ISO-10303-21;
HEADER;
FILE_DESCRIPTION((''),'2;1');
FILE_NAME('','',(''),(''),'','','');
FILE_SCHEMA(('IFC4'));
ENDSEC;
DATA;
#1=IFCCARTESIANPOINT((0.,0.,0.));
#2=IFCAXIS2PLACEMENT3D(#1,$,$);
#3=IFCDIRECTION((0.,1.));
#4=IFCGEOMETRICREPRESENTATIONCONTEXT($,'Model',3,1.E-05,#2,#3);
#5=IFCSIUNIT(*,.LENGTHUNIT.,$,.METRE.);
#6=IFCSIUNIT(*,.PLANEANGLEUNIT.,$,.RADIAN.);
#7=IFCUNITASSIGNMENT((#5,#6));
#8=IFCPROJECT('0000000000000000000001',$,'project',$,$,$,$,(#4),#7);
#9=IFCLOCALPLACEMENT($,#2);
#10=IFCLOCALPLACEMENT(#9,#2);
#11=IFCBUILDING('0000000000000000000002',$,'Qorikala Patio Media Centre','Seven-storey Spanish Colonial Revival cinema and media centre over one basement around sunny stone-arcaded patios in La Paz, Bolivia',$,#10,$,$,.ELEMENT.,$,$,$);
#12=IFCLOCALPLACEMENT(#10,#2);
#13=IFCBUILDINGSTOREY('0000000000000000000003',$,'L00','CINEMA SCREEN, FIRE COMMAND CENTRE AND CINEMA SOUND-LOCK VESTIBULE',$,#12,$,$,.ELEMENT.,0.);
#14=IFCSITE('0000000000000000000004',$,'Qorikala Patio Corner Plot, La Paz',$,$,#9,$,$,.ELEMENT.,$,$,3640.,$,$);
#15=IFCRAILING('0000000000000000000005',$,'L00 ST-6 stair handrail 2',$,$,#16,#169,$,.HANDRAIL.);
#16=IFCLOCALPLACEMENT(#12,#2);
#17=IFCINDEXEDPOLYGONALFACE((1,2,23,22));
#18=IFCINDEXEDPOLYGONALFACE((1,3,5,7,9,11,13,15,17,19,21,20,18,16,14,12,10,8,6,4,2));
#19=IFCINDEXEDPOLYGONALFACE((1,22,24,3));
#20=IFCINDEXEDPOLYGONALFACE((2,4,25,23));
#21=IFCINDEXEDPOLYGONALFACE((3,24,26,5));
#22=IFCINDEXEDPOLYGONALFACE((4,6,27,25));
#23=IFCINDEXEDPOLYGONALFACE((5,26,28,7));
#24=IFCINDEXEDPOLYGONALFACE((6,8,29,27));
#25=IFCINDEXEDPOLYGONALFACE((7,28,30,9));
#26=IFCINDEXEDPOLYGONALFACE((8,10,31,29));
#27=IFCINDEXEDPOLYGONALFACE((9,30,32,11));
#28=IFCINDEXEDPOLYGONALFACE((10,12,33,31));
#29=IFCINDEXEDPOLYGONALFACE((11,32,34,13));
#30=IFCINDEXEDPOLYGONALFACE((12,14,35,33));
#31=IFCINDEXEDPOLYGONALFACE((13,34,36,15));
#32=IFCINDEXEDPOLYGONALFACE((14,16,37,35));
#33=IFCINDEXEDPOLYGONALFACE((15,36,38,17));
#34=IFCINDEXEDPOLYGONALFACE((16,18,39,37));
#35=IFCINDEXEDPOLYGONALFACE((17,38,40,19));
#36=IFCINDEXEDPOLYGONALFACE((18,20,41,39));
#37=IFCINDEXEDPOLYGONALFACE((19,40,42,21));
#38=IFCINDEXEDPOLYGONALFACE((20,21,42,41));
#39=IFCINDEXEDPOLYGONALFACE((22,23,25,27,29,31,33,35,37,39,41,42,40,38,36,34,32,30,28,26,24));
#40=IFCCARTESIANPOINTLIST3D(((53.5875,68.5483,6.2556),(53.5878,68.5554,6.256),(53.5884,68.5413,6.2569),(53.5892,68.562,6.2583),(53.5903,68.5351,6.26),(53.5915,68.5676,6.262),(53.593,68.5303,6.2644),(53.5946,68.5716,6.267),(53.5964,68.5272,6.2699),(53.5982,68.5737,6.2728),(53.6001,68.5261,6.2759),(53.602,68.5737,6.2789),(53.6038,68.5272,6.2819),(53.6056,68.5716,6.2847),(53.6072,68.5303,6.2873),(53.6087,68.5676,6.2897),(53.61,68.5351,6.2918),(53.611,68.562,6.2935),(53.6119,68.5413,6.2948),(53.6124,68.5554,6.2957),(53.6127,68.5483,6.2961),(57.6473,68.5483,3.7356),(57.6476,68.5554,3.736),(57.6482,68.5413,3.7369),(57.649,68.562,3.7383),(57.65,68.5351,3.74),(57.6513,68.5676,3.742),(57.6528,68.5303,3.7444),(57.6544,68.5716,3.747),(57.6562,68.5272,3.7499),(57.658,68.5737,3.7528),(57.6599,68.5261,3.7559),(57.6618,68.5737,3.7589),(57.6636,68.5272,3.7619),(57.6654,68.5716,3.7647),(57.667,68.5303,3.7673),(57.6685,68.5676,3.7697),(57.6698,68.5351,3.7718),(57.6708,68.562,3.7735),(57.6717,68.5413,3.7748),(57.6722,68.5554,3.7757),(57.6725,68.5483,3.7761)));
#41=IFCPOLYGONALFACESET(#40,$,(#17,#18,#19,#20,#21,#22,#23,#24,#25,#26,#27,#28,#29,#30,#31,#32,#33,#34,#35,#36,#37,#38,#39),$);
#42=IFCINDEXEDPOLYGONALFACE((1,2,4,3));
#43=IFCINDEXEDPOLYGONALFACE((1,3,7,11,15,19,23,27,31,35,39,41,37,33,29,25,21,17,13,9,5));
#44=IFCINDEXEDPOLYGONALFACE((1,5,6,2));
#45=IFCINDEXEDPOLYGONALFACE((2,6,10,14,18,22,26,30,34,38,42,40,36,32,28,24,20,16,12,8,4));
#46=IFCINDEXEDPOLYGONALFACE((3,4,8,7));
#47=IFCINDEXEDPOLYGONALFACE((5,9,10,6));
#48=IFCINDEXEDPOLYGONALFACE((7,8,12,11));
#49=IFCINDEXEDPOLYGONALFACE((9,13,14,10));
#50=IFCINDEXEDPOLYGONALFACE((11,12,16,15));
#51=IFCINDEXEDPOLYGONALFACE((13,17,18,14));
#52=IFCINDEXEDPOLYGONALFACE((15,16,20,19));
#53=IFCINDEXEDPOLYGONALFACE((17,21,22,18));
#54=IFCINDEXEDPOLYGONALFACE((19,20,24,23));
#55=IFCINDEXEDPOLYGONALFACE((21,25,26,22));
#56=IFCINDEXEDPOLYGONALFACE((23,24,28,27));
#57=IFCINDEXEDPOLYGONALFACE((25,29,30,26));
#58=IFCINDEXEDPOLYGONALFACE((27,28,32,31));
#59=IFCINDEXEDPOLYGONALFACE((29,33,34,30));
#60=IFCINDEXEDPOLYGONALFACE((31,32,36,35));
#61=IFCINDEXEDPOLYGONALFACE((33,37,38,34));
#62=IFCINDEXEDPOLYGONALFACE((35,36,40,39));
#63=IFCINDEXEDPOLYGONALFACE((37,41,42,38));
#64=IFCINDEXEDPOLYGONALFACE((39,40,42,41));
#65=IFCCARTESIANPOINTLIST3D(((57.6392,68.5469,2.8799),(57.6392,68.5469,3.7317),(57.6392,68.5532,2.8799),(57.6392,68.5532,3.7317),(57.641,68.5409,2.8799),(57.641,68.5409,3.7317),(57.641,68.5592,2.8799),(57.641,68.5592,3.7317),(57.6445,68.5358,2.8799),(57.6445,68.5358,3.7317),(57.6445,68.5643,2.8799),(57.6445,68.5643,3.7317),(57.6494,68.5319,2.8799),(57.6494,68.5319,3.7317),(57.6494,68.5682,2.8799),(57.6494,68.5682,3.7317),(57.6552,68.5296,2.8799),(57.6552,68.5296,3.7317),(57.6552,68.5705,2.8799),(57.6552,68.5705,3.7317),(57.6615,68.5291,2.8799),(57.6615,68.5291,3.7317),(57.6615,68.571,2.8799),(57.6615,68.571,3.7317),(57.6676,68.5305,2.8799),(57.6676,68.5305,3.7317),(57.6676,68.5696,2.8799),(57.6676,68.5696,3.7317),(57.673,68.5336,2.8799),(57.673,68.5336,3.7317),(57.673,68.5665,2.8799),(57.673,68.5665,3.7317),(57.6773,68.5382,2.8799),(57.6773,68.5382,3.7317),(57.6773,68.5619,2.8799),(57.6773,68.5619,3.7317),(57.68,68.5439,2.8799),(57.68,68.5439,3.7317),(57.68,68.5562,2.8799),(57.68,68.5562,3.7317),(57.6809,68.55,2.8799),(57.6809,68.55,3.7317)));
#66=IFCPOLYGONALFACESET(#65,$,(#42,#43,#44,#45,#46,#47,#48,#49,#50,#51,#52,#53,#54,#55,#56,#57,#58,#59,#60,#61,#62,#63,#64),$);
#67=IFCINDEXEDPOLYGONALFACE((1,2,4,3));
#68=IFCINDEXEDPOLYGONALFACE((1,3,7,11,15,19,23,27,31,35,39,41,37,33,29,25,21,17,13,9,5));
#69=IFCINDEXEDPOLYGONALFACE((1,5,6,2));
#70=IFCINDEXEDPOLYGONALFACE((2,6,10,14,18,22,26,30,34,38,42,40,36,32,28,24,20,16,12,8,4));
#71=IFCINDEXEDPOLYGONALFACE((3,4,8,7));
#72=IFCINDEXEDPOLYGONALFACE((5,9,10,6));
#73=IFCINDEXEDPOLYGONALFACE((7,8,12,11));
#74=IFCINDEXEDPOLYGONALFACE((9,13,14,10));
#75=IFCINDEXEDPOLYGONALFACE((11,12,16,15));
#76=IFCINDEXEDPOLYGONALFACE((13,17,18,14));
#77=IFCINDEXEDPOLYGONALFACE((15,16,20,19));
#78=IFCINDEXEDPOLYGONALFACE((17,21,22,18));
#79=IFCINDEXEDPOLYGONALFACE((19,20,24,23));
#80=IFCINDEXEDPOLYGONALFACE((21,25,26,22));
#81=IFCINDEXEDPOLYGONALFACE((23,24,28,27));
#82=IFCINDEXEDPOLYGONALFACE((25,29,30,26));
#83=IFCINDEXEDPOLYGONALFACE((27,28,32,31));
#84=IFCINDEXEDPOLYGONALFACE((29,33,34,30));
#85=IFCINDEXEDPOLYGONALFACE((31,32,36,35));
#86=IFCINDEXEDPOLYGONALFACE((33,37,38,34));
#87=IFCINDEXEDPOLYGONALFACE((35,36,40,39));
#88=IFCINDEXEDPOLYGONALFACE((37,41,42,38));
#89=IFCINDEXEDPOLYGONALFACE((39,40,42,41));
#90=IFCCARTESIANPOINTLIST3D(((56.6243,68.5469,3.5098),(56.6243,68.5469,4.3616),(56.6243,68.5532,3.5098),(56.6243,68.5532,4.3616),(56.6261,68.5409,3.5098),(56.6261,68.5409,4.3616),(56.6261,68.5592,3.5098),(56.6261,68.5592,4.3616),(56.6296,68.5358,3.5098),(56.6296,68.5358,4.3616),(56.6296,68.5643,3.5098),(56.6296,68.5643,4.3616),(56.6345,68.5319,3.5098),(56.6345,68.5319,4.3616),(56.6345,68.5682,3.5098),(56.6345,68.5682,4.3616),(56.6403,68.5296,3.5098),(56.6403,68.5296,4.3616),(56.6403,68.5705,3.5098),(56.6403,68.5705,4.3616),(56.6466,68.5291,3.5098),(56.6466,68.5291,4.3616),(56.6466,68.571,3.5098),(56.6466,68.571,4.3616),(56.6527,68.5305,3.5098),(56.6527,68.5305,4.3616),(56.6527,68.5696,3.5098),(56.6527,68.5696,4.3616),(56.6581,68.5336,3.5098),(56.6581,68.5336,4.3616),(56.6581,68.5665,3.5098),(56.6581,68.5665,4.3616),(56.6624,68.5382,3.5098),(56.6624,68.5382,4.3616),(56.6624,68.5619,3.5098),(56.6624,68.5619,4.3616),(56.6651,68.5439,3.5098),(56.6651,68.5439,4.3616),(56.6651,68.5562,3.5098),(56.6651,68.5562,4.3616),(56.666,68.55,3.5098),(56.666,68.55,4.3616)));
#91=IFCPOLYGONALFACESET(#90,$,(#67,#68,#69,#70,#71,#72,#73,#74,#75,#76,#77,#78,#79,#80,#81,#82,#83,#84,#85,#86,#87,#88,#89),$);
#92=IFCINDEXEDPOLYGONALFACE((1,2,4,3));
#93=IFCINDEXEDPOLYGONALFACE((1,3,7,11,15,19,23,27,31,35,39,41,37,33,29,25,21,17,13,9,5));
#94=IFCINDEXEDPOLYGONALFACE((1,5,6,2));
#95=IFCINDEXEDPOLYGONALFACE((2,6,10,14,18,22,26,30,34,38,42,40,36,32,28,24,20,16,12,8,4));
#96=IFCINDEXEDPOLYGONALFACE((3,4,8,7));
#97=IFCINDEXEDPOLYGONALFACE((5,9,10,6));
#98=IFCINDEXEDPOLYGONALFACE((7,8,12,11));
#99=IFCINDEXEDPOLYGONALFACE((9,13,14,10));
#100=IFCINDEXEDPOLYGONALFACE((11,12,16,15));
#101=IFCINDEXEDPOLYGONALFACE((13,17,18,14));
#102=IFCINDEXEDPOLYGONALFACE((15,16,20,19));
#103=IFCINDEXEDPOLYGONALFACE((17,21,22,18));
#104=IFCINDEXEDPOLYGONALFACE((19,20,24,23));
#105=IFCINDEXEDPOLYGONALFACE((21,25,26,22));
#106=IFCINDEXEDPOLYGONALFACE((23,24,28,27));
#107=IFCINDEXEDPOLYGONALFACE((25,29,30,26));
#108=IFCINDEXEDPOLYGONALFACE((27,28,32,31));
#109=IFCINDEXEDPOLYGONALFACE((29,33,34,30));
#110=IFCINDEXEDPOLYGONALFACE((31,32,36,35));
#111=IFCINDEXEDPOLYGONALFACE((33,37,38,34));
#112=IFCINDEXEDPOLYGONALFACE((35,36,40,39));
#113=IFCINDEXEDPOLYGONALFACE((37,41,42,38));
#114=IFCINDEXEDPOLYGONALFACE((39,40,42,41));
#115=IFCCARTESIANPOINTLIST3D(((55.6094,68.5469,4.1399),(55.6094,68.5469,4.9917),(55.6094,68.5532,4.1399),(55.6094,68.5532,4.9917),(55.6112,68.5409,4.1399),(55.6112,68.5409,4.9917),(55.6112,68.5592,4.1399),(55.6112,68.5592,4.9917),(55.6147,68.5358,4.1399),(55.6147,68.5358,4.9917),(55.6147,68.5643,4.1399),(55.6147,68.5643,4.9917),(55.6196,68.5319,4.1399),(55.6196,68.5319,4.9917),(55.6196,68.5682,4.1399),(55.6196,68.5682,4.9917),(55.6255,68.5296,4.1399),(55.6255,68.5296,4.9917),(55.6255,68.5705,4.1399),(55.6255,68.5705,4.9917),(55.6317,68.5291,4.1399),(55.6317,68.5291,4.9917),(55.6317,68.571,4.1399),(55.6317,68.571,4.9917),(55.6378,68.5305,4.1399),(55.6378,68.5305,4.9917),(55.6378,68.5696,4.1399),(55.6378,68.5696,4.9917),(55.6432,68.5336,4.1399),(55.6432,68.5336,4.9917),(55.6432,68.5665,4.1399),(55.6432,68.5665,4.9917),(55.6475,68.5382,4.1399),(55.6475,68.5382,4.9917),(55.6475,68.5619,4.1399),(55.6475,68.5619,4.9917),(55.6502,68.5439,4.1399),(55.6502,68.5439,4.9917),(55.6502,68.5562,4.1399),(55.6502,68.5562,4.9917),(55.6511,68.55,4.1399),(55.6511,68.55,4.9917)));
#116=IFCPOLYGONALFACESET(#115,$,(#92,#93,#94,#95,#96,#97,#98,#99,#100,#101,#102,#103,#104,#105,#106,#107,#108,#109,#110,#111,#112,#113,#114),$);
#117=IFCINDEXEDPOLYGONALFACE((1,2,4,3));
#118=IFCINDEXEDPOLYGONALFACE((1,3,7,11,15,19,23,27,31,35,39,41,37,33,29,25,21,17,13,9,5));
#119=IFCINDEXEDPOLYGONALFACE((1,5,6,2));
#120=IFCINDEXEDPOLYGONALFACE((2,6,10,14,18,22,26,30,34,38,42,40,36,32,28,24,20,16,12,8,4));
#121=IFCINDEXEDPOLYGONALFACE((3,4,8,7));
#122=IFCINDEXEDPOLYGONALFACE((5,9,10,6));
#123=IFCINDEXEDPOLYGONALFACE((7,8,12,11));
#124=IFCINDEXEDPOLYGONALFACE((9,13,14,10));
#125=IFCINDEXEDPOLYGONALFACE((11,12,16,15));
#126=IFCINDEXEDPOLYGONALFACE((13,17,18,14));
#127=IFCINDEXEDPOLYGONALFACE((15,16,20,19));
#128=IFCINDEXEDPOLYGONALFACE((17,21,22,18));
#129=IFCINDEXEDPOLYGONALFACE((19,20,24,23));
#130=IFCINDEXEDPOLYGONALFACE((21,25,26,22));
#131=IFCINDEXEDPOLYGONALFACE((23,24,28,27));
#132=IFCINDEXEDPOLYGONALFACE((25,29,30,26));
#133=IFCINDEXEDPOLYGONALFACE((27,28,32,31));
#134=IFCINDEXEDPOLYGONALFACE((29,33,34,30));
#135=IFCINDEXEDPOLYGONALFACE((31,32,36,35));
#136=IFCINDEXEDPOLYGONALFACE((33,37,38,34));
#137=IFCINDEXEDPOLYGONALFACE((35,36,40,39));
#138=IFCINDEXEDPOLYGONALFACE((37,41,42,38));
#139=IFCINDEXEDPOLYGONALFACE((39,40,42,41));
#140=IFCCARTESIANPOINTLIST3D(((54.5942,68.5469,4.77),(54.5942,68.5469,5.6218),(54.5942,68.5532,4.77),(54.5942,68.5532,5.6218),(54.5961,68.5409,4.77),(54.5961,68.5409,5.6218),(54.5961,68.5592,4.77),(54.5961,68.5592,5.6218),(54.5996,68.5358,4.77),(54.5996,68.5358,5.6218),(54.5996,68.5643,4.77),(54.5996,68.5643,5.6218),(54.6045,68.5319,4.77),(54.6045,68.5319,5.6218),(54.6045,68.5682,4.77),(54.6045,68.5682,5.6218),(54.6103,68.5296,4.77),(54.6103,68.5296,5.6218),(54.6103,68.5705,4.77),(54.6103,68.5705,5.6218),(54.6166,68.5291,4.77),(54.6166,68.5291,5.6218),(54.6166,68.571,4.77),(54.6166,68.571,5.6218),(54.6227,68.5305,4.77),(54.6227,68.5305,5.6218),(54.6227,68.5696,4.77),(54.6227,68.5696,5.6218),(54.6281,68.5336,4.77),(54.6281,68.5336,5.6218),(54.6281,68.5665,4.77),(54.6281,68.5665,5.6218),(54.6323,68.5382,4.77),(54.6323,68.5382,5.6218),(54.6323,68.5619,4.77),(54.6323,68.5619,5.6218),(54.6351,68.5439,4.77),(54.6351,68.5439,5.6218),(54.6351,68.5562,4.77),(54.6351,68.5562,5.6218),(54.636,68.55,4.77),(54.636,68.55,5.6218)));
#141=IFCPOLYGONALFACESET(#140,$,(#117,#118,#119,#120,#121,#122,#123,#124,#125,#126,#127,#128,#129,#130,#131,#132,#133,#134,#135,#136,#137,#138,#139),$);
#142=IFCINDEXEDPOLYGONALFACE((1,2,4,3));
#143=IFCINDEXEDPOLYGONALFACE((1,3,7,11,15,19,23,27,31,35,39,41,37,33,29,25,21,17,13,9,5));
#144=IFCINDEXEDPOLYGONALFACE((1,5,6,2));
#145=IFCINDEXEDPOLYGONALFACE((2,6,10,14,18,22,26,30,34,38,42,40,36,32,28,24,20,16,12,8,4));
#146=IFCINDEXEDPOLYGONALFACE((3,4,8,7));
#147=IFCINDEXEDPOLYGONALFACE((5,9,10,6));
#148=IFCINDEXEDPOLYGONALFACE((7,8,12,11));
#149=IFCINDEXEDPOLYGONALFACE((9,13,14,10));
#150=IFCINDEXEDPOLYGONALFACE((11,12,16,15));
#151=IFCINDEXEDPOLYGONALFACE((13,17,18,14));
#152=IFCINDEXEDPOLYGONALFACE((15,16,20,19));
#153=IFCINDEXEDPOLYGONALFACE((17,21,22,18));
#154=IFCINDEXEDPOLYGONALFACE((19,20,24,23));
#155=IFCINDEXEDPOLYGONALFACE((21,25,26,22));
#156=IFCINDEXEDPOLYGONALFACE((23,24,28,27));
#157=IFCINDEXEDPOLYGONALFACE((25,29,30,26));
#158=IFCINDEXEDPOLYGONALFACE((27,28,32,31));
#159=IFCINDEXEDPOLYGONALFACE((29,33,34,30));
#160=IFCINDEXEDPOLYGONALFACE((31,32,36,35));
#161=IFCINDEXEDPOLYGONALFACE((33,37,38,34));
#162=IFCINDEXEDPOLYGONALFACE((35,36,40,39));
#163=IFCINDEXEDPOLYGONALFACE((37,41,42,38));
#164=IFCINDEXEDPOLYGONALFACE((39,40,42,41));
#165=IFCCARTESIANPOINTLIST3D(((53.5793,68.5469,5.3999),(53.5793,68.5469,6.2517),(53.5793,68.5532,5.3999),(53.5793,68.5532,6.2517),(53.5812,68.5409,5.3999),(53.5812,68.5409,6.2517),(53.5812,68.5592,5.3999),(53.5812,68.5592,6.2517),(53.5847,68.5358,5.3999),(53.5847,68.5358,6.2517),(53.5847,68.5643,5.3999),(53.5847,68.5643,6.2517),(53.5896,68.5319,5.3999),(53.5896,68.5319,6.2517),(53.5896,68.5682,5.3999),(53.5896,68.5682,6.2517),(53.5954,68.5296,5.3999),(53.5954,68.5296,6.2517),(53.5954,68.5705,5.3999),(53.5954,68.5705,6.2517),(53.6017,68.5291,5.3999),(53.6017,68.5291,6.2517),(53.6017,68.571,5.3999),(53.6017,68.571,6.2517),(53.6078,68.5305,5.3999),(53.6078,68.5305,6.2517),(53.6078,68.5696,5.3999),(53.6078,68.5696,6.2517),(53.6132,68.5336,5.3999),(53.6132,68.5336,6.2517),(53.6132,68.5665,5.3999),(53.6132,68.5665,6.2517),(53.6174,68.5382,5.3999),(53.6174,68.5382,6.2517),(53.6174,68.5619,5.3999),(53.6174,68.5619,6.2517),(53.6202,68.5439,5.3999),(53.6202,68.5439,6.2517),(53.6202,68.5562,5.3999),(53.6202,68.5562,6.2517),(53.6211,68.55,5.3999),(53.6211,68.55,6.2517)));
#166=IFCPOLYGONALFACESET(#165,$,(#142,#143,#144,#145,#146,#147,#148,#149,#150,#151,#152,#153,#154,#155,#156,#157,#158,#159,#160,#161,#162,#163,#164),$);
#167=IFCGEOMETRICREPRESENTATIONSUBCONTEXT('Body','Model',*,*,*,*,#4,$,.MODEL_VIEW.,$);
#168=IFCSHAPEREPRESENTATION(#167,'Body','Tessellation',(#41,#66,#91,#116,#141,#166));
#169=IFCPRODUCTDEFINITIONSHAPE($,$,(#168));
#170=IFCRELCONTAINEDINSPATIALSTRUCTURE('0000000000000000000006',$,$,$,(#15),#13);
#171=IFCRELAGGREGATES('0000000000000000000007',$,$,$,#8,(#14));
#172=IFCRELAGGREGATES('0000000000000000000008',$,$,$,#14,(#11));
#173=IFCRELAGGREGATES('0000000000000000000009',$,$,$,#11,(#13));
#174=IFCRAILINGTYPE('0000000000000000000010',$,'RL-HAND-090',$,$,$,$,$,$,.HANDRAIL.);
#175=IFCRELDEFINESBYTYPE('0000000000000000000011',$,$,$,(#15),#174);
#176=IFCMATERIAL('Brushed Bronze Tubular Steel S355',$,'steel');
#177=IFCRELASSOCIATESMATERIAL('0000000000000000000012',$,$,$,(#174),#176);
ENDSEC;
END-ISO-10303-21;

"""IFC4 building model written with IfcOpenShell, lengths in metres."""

from ifc_helpers import new_model, si_unit, direction, frame, origin, origin_2d, place, context, subcontext, project, spatial, circle, extrude, material, type_object, element, save


model = new_model("IFC4")

# Units and contexts
model_context = context("Model", 3, precision=1e-05, world=origin(), true_north=direction((0.0, 1.0)))
body_context = subcontext(model_context, "Body", "Model", "MODEL_VIEW")
ifc_project = project(units=[si_unit("LENGTHUNIT", "METRE"), si_unit("PLANEANGLEUNIT", "RADIAN")], contexts=[model_context])

# Site, building, storey
site_placement = place(None, origin())
site = spatial("IfcSite", under=ifc_project, at=site_placement, Name="Qorikala Patio Corner Plot, La Paz", CompositionType="ELEMENT", RefElevation=3640.0)
building_placement = place(site_placement, origin())
building = spatial("IfcBuilding", under=site, at=building_placement, Name="Qorikala Patio Media Centre", Description="Seven-storey Spanish Colonial Revival cinema and media centre over one basement around sunny stone-arcaded patios in La Paz, Bolivia", CompositionType="ELEMENT")
storey_placement = place(building_placement, origin())
storey = spatial("IfcBuildingStorey", under=building, at=storey_placement, Name="L00", Description="CINEMA SCREEN, FIRE COMMAND CENTRE AND CINEMA SOUND-LOCK VESTIBULE", CompositionType="ELEMENT", Elevation=0.0)

# Railing
ifc_material_1 = material(Name="Brushed Bronze Tubular Steel S355", Category="steel")
railing_type_1 = type_object("IfcRailingType", Name="RL-HAND-090", PredefinedType="HANDRAIL", material=ifc_material_1)
railing_1_placement = place(storey_placement, frame((57.6599, 68.55, 2.8799)))
element("IfcRailing", 1, at=railing_1_placement, inside=storey, type_object=railing_type_1, Name="L00 ST-6 stair handrail 2", PredefinedType="HANDRAIL", context=body_context, shape_type="SweptSolid", body=[
    extrude(circle(Radius=0.0239, at=origin_2d()), frame((0.0, 0.0, 0.876), z_axis=(-0.849628, 0.0, 0.527383), x_axis=(0.0, -1.0, 0.0)), (0.0, 0.0, 1.0), 4.7783),
    extrude(circle(Radius=0.021, at=origin_2d()), origin(), (0.0, 0.0, 1.0), 0.8518),
    extrude(circle(Radius=0.021, at=origin_2d()), frame((-1.0149, 0.0, 0.6299)), (0.0, 0.0, 1.0), 0.8518),
    extrude(circle(Radius=0.021, at=origin_2d()), frame((-2.0298, 0.0, 1.26)), (0.0, 0.0, 1.0), 0.8518),
    extrude(circle(Radius=0.021, at=origin_2d()), frame((-3.0449, 0.0, 1.8901)), (0.0, 0.0, 1.0), 0.8518),
    extrude(circle(Radius=0.021, at=origin_2d()), frame((-4.0598, 0.0, 2.52)), (0.0, 0.0, 1.0), 0.8518),
])

save(model, "model.ifc")
